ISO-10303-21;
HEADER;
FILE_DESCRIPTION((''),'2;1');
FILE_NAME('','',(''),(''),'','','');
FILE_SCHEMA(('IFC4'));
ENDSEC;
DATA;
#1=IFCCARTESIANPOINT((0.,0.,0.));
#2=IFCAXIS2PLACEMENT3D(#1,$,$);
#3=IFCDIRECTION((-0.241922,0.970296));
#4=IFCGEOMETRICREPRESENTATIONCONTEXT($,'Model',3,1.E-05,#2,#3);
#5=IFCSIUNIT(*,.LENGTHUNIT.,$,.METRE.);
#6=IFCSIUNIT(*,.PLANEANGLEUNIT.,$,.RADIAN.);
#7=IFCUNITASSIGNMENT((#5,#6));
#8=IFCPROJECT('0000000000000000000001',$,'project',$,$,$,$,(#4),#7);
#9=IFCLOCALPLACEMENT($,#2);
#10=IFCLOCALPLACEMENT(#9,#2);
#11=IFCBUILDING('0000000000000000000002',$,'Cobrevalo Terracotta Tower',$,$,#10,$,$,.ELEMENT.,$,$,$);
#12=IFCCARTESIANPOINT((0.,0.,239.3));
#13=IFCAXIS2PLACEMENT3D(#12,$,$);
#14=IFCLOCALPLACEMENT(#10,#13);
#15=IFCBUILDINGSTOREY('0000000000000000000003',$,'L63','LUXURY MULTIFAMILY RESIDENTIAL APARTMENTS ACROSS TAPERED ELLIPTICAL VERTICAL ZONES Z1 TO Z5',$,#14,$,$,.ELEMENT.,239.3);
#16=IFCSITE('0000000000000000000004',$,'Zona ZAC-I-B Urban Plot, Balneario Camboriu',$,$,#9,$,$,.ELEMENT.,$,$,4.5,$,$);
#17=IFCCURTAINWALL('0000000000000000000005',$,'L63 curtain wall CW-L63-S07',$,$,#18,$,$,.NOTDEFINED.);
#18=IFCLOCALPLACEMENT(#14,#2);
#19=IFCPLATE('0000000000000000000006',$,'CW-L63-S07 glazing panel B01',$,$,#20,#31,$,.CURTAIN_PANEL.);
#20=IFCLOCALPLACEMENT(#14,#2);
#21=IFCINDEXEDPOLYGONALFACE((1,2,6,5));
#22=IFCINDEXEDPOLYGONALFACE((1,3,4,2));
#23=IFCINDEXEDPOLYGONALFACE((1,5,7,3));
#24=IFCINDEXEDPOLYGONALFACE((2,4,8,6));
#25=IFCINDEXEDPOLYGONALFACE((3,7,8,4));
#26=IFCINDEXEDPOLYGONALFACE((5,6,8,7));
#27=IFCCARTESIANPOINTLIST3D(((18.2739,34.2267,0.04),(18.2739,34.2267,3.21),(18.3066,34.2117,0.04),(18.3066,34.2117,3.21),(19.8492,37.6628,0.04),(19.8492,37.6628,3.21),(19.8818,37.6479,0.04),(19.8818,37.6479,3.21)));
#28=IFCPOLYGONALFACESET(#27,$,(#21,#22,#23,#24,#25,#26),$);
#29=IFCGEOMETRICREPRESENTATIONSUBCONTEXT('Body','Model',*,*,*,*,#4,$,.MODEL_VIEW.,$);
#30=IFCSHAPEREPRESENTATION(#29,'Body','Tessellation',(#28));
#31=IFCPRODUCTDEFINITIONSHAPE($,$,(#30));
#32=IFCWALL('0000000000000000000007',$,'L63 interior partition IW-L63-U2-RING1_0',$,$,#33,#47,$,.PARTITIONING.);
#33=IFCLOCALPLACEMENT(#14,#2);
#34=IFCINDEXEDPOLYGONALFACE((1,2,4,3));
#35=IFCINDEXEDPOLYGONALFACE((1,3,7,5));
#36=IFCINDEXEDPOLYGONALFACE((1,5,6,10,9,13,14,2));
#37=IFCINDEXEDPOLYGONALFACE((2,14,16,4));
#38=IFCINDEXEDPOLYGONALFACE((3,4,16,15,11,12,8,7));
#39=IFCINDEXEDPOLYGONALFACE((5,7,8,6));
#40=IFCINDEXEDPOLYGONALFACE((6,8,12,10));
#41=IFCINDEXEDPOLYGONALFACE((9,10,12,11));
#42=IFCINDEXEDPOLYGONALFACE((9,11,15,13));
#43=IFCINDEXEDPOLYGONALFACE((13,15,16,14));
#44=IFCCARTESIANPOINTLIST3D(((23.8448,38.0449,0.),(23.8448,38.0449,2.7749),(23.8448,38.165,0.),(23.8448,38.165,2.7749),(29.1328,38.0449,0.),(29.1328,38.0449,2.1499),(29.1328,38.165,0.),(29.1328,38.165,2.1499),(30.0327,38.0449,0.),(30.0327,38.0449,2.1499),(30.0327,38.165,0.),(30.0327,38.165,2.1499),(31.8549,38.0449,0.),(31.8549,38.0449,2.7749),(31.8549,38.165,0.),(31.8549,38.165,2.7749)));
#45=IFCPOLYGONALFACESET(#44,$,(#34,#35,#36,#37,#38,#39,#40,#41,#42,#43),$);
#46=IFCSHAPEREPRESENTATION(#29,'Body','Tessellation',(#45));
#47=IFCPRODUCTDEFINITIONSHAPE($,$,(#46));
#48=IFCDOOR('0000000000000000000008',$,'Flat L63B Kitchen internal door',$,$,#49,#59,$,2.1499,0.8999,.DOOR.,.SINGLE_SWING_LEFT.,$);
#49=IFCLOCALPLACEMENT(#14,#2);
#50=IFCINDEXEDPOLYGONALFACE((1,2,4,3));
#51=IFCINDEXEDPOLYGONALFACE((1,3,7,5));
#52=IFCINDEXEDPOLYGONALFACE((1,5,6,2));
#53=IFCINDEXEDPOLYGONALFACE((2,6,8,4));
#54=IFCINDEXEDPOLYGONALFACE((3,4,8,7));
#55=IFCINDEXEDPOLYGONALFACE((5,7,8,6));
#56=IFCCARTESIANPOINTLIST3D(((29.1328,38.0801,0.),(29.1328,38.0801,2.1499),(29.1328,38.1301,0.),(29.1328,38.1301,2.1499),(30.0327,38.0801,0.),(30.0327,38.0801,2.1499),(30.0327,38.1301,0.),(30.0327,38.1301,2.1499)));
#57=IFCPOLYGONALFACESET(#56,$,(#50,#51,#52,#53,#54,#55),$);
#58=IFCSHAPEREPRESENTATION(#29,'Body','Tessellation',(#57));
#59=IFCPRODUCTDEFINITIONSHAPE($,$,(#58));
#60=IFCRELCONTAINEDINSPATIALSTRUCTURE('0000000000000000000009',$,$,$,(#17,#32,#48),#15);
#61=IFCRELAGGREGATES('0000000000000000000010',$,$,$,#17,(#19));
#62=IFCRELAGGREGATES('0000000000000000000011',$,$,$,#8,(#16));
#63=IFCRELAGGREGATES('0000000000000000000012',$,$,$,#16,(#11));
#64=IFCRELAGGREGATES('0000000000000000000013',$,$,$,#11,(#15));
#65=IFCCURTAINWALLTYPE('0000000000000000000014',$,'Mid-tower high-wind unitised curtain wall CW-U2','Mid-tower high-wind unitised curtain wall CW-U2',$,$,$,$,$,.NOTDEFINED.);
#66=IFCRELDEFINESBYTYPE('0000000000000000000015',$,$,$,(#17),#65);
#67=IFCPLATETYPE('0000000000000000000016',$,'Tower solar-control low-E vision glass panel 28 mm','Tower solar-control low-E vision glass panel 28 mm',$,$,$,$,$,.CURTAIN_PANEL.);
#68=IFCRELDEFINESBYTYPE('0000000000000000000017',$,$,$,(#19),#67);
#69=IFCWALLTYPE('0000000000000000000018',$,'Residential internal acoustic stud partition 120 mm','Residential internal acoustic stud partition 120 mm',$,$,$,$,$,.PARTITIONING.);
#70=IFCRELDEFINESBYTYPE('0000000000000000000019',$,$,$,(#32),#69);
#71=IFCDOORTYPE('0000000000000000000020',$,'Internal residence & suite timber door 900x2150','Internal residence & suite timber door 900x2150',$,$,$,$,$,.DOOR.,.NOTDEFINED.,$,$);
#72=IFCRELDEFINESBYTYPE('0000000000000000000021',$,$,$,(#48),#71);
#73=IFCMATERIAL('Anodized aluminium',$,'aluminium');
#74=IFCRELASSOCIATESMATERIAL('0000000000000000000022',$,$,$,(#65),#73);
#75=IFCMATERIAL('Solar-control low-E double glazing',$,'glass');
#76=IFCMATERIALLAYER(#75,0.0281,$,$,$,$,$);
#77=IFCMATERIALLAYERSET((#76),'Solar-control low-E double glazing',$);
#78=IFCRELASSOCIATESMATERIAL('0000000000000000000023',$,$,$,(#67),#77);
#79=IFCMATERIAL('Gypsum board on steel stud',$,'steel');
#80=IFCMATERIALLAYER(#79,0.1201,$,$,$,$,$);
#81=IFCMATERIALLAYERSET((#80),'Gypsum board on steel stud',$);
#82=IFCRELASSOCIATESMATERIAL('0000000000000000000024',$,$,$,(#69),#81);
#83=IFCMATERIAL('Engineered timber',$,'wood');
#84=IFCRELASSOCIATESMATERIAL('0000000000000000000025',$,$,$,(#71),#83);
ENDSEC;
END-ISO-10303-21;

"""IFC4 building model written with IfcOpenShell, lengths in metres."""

from ifc_helpers import new_model, si_unit, direction, frame, frame_2d, origin, origin_2d, place, context, subcontext, project, spatial, rectangle, extrude, source, transform, mapped, material, layer, layer_set, type_object, element, fill, aggregate, save


model = new_model("IFC4")

# Units and contexts
model_context = context("Model", 3, precision=1e-05, world=origin(), true_north=direction((-0.241922, 0.970296)))
body_context = subcontext(model_context, "Body", "Model", "MODEL_VIEW")
ifc_project = project(units=[si_unit("LENGTHUNIT", "METRE"), si_unit("PLANEANGLEUNIT", "RADIAN")], contexts=[model_context])

# Site, building, storey
site_placement = place(None, origin())
site = spatial("IfcSite", under=ifc_project, at=site_placement, Name="Zona ZAC-I-B Urban Plot, Balneario Camboriu", CompositionType="ELEMENT", RefElevation=4.5)
building_placement = place(site_placement, origin())
building = spatial("IfcBuilding", under=site, at=building_placement, Name="Cobrevalo Terracotta Tower", CompositionType="ELEMENT")
storey_placement = place(building_placement, frame((0.0, 0.0, 239.3)))
storey = spatial("IfcBuildingStorey", under=building, at=storey_placement, Name="L63", Description="LUXURY MULTIFAMILY RESIDENTIAL APARTMENTS ACROSS TAPERED ELLIPTICAL VERTICAL ZONES Z1 TO Z5", CompositionType="ELEMENT", Elevation=239.3)

# Curtain wall
ifc_material_1 = material(Name="Anodized aluminium", Category="aluminium")
curtain_wall_type = type_object("IfcCurtainWallType", Name="Mid-tower high-wind unitised curtain wall CW-U2", Description="Mid-tower high-wind unitised curtain wall CW-U2", PredefinedType="NOTDEFINED", material=ifc_material_1)
curtain_wall_1_placement = place(storey_placement, origin())
curtain_wall_1 = element("IfcCurtainWall", 1, at=curtain_wall_1_placement, inside=storey, type_object=curtain_wall_type, Name="L63 curtain wall CW-L63-S07", PredefinedType="NOTDEFINED")

# Plate
ifc_material_2 = material(Name="Solar-control low-E double glazing", Category="glass")
ifc_layer_1 = layer(ifc_material_2, 0.0281)
ifc_layer_set_1 = layer_set([ifc_layer_1], Name="Solar-control low-E double glazing")
plate_type_1 = type_object("IfcPlateType", Name="Tower solar-control low-E vision glass panel 28 mm", Description="Tower solar-control low-E vision glass panel 28 mm", PredefinedType="CURTAIN_PANEL", material=ifc_layer_set_1)
shared_shape_1 = source(origin(), body_context, "Body", "SweptSolid", [
    extrude(rectangle(XDim=3.78, YDim=0.0359, at=origin_2d()), origin(), (0.0, 0.0, 1.0), 3.1699),
])
plate_1_placement = place(storey_placement, frame((19.0779, 35.9373, 0.04), z_axis=(0.0, 0.0, 1.0), x_axis=(-0.416731, -0.90903, 0.0)))
plate_1 = element("IfcPlate", 2, at=plate_1_placement, type_object=plate_type_1, Name="CW-L63-S07 glazing panel B01", PredefinedType="CURTAIN_PANEL", context=body_context, shape_type="MappedRepresentation", body=[
    mapped(shared_shape_1, transform((0.0, 0.0, 0.0), scale=1.0)),
])
aggregate(curtain_wall_1, [plate_1])

# Wall, opening, door
ifc_material_3 = material(Name="Gypsum board on steel stud", Category="steel")
ifc_layer_2 = layer(ifc_material_3, 0.1201)
ifc_layer_set_2 = layer_set([ifc_layer_2], Name="Gypsum board on steel stud")
wall_type = type_object("IfcWallType", Name="Residential internal acoustic stud partition 120 mm", Description="Residential internal acoustic stud partition 120 mm", PredefinedType="PARTITIONING", material=ifc_layer_set_2)
wall_1_placement = place(storey_placement, frame((23.845, 38.105, 0.0), z_axis=(0.0, 0.0, 1.0), x_axis=(1.0, 0.0, 0.0)))
wall_1 = element("IfcWall", 3, at=wall_1_placement, inside=storey, type_object=wall_type, Name="L63 interior partition IW-L63-U2-RING1_0", PredefinedType="PARTITIONING", context=body_context, shape_type="SweptSolid", body=[
    extrude(rectangle(XDim=8.01, YDim=0.1201, at=frame_2d((4.0049, 0.0))), origin(), (0.0, 0.0, 1.0), 2.7749),
])
opening_1_placement = place(wall_1_placement, frame((5.2878, 0.0, 0.0)))
opening_1 = element("IfcOpeningElement", 4, at=opening_1_placement, cuts=wall_1, PredefinedType="OPENING", context=body_context, shape_type="SweptSolid", body=[
    extrude(rectangle(XDim=0.8999, YDim=2.1499, at=frame_2d((0.45, 1.075))), frame((0.0, 0.0701, 0.0), z_axis=(0.0, -1.0, 0.0), x_axis=(1.0, 0.0, 0.0)), (0.0, 0.0, 1.0), 0.1401),
])
ifc_material_4 = material(Name="Engineered timber", Category="wood")
door_type = type_object("IfcDoorType", Name="Internal residence & suite timber door 900x2150", Description="Internal residence & suite timber door 900x2150", OperationType="NOTDEFINED", PredefinedType="DOOR", material=ifc_material_4)
shared_shape_2 = source(origin(), body_context, "Body", "SweptSolid", [
    extrude(rectangle(XDim=0.8999, YDim=2.1499, at=frame_2d((0.45, 1.075))), frame((0.0, 0.0249, 0.0), z_axis=(0.0, -1.0, 0.0), x_axis=(1.0, 0.0, 0.0)), (0.0, 0.0, 1.0), 0.05),
])
door_1_placement = place(opening_1_placement, frame((0.8999, 0.0, 0.0), z_axis=(0.0, 0.0, 1.0), x_axis=(-1.0, 0.0, 0.0)))
door_1 = element("IfcDoor", 5, at=door_1_placement, inside=storey, type_object=door_type, Name="Flat L63B Kitchen internal door", OperationType="SINGLE_SWING_LEFT", OverallHeight=2.1499, OverallWidth=0.8999, PredefinedType="DOOR", context=body_context, shape_type="MappedRepresentation", body=[
    mapped(shared_shape_2, transform((0.0, 0.0, 0.0), scale=1.0)),
])
fill(opening_1, door_1)

save(model, "model.ifc")
